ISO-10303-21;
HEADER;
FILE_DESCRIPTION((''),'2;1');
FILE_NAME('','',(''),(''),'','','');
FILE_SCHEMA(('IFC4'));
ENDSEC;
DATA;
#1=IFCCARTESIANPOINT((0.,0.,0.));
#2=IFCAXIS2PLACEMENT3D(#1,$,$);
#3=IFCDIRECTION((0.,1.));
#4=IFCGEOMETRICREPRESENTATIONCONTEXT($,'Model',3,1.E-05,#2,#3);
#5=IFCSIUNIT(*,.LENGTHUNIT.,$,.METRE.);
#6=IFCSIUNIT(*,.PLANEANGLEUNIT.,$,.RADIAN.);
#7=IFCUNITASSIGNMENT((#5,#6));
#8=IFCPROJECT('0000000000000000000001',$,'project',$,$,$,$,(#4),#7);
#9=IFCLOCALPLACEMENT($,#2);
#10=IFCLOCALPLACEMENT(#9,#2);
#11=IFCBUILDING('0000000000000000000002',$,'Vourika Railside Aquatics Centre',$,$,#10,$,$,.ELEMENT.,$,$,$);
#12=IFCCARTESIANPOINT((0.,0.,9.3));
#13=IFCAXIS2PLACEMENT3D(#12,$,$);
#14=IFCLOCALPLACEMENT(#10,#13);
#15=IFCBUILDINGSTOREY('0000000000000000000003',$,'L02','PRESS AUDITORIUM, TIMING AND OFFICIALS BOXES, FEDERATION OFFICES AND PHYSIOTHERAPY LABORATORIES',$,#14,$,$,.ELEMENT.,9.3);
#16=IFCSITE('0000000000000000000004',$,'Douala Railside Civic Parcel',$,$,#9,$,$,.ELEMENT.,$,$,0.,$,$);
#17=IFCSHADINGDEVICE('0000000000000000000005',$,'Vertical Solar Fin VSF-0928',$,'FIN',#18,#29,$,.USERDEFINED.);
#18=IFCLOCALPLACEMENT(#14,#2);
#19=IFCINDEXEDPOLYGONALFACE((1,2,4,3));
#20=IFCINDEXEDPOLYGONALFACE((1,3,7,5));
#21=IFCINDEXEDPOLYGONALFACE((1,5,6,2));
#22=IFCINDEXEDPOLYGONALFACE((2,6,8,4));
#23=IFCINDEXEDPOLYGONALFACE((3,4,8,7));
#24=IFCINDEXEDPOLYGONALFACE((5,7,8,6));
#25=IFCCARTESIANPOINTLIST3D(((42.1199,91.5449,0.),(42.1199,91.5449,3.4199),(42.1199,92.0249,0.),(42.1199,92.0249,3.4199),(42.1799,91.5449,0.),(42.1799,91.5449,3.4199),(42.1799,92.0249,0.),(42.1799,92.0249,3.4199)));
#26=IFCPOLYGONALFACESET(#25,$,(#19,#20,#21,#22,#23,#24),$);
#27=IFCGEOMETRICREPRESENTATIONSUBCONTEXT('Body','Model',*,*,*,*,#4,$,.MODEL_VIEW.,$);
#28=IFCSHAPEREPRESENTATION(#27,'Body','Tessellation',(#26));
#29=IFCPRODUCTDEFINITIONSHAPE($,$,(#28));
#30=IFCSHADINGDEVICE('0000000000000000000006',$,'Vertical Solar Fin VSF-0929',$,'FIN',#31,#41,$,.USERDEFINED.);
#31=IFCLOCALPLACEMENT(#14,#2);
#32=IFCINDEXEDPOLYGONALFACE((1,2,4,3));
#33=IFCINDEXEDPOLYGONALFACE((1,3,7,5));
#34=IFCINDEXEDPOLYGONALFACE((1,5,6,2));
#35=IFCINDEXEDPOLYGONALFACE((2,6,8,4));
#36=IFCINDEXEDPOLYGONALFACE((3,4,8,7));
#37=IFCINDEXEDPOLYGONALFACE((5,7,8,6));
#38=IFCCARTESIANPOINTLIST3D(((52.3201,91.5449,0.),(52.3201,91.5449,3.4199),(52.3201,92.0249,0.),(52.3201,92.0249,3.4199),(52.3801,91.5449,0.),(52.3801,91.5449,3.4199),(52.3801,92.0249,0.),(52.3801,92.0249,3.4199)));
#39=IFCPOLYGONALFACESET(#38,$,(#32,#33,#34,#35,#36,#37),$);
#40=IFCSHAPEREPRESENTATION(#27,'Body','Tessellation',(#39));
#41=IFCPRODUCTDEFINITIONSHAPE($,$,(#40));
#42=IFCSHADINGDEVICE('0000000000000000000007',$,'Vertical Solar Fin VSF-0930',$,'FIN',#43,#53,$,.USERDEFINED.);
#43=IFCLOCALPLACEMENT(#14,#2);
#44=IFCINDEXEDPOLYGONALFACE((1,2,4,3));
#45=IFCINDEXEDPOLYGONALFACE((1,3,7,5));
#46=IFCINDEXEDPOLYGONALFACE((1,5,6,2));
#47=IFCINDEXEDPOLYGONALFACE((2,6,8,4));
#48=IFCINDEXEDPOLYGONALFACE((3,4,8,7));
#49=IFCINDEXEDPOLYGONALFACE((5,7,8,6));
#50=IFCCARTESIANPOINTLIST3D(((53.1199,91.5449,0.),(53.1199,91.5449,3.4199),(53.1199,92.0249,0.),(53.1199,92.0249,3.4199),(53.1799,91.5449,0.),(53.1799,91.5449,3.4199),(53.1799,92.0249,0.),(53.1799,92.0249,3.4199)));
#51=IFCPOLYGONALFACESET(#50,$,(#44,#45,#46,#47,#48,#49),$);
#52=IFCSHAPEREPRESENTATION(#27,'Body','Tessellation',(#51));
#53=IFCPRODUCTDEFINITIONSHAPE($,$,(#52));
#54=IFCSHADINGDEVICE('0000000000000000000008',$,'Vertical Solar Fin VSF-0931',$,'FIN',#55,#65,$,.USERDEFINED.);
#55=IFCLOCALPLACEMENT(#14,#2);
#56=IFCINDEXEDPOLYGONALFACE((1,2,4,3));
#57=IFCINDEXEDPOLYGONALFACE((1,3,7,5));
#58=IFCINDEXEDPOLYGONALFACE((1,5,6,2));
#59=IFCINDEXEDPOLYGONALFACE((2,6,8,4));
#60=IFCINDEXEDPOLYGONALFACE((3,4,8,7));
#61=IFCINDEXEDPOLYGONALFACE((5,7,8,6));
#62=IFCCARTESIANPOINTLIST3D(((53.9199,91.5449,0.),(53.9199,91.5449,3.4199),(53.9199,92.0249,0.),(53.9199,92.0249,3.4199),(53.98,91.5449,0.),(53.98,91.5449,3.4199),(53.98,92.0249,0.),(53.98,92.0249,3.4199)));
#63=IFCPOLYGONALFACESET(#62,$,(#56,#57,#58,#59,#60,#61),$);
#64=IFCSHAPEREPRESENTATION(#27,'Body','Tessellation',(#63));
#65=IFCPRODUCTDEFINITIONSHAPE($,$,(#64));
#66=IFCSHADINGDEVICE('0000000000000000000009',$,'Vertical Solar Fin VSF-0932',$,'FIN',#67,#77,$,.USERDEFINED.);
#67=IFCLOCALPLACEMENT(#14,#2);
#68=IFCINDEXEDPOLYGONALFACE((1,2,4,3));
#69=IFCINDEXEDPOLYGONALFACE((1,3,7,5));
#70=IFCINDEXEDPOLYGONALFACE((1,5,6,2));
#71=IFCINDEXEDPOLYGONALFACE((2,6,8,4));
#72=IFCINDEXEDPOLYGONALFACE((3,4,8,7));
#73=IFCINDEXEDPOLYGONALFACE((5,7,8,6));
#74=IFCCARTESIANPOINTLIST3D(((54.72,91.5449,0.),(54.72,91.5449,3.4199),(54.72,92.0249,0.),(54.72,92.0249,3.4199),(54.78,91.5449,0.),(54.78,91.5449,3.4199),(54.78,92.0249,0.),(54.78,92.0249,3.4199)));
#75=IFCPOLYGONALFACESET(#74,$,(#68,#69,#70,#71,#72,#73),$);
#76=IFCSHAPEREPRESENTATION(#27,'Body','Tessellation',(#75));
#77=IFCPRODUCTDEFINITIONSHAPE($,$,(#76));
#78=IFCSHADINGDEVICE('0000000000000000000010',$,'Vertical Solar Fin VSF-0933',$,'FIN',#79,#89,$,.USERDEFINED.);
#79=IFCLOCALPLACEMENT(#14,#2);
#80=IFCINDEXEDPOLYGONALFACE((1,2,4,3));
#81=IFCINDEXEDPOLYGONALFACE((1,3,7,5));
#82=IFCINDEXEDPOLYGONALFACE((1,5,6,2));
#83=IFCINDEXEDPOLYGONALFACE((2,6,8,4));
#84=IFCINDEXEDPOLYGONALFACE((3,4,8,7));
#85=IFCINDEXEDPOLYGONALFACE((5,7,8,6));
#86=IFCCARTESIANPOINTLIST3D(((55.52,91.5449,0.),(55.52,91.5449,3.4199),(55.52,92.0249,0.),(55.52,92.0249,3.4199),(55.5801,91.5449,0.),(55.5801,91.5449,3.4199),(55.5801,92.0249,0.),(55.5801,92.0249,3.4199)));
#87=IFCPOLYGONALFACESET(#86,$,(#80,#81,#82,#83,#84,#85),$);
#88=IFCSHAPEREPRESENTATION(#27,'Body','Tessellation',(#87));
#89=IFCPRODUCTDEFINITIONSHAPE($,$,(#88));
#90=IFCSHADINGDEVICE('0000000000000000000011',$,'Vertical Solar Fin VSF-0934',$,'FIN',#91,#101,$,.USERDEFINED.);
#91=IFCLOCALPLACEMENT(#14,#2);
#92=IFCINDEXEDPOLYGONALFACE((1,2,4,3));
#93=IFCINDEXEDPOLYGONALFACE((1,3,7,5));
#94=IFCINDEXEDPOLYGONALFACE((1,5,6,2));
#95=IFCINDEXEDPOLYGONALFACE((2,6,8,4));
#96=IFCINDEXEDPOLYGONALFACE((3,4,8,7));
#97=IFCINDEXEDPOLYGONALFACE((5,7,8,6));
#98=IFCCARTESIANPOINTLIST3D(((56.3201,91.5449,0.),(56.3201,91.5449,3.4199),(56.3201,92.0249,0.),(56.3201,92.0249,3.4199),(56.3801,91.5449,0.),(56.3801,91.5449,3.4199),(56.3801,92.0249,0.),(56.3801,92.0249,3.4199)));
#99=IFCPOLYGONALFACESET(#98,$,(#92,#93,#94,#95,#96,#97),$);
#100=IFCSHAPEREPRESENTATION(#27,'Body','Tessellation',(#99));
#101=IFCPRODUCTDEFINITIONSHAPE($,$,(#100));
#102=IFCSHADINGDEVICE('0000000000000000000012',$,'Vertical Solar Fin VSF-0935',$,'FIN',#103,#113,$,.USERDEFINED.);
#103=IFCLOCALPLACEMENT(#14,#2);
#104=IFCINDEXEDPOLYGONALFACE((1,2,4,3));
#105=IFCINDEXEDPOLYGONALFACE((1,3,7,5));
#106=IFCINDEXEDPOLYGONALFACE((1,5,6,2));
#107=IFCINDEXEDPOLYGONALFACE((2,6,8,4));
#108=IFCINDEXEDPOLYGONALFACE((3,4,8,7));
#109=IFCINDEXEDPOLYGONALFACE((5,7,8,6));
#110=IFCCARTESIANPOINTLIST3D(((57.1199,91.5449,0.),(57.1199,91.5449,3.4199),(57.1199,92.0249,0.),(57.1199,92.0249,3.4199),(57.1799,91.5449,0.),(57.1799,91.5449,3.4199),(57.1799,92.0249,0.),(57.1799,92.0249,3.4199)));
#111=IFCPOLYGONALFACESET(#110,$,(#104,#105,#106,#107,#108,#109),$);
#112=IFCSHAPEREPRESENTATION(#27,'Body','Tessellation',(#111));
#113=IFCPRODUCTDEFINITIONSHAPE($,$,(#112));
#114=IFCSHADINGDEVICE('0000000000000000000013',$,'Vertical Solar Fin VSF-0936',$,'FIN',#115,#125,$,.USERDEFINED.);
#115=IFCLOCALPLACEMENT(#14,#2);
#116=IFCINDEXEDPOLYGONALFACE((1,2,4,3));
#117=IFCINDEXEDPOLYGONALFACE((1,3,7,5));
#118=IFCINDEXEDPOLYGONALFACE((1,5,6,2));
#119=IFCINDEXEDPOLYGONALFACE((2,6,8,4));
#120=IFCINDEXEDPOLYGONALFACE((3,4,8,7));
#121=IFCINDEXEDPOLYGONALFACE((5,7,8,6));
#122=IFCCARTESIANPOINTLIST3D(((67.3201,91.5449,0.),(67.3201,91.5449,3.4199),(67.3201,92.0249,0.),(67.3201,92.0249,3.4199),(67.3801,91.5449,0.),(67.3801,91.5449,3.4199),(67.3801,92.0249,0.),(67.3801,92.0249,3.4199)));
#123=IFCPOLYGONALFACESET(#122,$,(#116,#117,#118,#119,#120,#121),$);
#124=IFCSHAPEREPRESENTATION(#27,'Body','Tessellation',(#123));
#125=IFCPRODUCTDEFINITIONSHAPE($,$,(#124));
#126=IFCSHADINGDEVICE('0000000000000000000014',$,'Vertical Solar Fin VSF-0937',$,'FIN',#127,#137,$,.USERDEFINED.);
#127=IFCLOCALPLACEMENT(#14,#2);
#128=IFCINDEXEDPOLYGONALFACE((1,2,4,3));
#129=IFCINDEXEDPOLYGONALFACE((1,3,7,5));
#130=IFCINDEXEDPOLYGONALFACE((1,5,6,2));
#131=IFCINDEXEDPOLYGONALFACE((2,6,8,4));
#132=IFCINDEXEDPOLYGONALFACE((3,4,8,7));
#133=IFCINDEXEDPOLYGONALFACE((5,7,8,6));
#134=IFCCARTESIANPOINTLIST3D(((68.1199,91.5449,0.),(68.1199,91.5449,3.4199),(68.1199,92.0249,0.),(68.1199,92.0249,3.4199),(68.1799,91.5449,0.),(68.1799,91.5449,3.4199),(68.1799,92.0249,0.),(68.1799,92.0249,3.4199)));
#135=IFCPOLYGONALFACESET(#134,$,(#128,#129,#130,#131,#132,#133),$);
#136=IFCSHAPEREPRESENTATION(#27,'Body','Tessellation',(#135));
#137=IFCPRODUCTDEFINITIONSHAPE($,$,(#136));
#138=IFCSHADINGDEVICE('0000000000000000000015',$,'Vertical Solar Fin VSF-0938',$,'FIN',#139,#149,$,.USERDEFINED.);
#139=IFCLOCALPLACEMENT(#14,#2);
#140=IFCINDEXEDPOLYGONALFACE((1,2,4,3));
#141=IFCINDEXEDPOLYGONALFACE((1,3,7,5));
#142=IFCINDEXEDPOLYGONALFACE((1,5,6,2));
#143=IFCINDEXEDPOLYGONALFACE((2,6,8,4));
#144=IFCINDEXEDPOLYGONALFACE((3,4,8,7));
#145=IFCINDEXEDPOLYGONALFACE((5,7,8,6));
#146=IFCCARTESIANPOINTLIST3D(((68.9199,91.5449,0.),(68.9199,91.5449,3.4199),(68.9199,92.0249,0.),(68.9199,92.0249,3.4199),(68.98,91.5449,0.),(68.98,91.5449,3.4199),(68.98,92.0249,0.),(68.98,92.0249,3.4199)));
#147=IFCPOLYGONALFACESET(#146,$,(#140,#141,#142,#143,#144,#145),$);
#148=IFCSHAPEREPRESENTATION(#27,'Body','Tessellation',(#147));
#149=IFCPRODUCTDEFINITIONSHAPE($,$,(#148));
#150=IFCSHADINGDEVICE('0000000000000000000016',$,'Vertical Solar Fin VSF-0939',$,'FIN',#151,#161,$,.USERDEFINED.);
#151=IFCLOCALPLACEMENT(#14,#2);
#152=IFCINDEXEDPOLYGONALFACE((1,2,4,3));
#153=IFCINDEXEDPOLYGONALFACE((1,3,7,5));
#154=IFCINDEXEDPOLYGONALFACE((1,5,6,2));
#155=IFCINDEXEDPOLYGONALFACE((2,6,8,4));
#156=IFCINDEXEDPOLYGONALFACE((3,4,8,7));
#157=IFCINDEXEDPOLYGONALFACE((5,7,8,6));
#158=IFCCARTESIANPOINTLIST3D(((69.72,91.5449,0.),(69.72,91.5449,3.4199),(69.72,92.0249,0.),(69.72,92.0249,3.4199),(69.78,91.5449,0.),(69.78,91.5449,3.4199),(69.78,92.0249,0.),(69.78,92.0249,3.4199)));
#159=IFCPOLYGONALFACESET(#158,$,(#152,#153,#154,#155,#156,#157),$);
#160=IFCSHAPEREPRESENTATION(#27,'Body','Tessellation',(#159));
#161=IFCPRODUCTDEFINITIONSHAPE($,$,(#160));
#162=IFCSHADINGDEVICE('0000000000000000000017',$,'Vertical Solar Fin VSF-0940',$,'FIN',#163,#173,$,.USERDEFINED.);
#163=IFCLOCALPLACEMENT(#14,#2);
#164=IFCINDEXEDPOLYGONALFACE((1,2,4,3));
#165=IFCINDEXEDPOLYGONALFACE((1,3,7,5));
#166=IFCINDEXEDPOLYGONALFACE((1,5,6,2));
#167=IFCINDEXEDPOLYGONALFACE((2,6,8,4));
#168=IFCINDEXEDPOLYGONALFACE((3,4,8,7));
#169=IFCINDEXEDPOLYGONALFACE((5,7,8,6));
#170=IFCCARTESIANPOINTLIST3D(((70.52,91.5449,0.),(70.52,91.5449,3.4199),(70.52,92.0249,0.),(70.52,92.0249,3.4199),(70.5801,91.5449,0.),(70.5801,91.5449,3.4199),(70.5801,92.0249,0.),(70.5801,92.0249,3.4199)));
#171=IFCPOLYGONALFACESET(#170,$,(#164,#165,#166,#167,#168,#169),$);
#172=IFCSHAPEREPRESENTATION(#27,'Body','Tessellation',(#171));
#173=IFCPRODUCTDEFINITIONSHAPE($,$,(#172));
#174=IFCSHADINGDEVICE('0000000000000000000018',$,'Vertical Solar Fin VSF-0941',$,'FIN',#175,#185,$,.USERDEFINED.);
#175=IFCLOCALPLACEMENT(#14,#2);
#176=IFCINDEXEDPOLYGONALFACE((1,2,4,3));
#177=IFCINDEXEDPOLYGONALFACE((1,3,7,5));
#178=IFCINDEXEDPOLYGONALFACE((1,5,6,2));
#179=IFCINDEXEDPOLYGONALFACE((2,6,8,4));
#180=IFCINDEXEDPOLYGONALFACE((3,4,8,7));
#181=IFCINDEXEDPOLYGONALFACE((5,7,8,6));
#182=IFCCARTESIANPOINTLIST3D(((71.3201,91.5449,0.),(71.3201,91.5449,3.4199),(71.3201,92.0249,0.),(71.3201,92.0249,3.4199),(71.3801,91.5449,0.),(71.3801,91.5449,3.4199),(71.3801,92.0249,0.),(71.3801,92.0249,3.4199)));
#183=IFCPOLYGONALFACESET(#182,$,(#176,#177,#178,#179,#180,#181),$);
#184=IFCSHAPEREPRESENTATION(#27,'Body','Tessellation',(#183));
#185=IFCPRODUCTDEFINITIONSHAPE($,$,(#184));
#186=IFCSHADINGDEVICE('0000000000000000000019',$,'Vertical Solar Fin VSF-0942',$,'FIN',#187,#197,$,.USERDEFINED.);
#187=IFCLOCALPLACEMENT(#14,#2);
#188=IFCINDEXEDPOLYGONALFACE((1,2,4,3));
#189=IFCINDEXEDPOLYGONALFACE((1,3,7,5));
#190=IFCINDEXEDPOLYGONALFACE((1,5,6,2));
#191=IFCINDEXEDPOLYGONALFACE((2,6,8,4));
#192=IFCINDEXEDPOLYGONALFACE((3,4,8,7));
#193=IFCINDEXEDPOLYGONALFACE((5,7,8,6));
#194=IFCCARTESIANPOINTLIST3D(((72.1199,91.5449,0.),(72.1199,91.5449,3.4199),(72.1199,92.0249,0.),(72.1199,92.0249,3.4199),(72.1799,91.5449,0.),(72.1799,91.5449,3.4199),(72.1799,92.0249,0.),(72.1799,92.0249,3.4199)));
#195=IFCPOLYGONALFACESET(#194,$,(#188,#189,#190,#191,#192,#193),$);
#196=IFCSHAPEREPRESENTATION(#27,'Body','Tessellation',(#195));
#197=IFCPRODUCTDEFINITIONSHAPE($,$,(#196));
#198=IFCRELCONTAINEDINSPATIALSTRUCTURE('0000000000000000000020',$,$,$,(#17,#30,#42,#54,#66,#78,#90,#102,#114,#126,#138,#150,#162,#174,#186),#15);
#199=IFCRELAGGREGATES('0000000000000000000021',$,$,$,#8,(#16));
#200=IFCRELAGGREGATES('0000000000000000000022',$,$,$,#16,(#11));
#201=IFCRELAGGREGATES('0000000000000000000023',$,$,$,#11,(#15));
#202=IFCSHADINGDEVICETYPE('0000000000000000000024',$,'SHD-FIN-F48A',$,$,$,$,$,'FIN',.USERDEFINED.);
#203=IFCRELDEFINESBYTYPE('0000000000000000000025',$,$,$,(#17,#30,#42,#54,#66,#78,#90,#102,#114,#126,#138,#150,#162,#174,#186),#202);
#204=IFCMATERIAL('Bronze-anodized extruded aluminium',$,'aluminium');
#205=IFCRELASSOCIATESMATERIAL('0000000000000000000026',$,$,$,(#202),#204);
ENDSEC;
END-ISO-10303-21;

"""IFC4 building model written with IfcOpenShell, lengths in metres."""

from ifc_helpers import new_model, si_unit, direction, frame, origin, origin_2d, place, context, subcontext, project, spatial, rectangle, extrude, material, material_profile, profile_set, type_object, element, save


model = new_model("IFC4")

# Units and contexts
model_context = context("Model", 3, precision=1e-05, world=origin(), true_north=direction((0.0, 1.0)))
body_context = subcontext(model_context, "Body", "Model", "MODEL_VIEW")
ifc_project = project(units=[si_unit("LENGTHUNIT", "METRE"), si_unit("PLANEANGLEUNIT", "RADIAN")], contexts=[model_context])

# Site, building, storey
site_placement = place(None, origin())
site = spatial("IfcSite", under=ifc_project, at=site_placement, Name="Douala Railside Civic Parcel", CompositionType="ELEMENT", RefElevation=0.0)
building_placement = place(site_placement, origin())
building = spatial("IfcBuilding", under=site, at=building_placement, Name="Vourika Railside Aquatics Centre", CompositionType="ELEMENT")
storey_placement = place(building_placement, frame((0.0, 0.0, 9.3)))
storey = spatial("IfcBuildingStorey", under=building, at=storey_placement, Name="L02", Description="PRESS AUDITORIUM, TIMING AND OFFICIALS BOXES, FEDERATION OFFICES AND PHYSIOTHERAPY LABORATORIES", CompositionType="ELEMENT", Elevation=9.3)

# Shading devices
ifc_material_1 = material(Name="Bronze-anodized extruded aluminium", Category="aluminium")
ifc_material_profile = material_profile(ifc_material_1, rectangle(XDim=0.0601, YDim=0.48, at=origin_2d()), Name="ALU-FIN 60x480")
ifc_profile_set = profile_set([ifc_material_profile], Name="Bronze-anodized extruded aluminium")
shading_device_type = type_object("IfcShadingDeviceType", Name="SHD-FIN-F48A", ElementType="FIN", PredefinedType="USERDEFINED", material=ifc_profile_set)
for number, where, z_axis, x_axis, name in (
    (1, (42.1499, 91.7849, 0.0), (0.0, 0.0, 1.0), (-1.0, 0.0, 0.0), "Vertical Solar Fin VSF-0928"),
    (2, (52.3501, 91.7849, 0.0), (0.0, 0.0, 1.0), (-1.0, 0.0, 0.0), "Vertical Solar Fin VSF-0929"),
    (3, (53.1499, 91.7849, 0.0), (0.0, 0.0, 1.0), (-1.0, 0.0, 0.0), "Vertical Solar Fin VSF-0930"),
    (4, (53.95, 91.7849, 0.0), (0.0, 0.0, 1.0), (-1.0, 0.0, 0.0), "Vertical Solar Fin VSF-0931"),
    (5, (54.75, 91.7849, 0.0), (0.0, 0.0, 1.0), (-1.0, 0.0, 0.0), "Vertical Solar Fin VSF-0932"),
    (6, (55.55, 91.7849, 0.0), (0.0, 0.0, 1.0), (-1.0, 0.0, 0.0), "Vertical Solar Fin VSF-0933"),
    (7, (56.3501, 91.7849, 0.0), (0.0, 0.0, 1.0), (-1.0, 0.0, 0.0), "Vertical Solar Fin VSF-0934"),
    (8, (57.1499, 91.7849, 0.0), (0.0, 0.0, 1.0), (-1.0, 0.0, 0.0), "Vertical Solar Fin VSF-0935"),
    (9, (67.3501, 91.7849, 0.0), (0.0, 0.0, 1.0), (-1.0, 0.0, 0.0), "Vertical Solar Fin VSF-0936"),
    (10, (68.1499, 91.7849, 0.0), (0.0, 0.0, 1.0), (-1.0, 0.0, 0.0), "Vertical Solar Fin VSF-0937"),
    (11, (68.95, 91.7849, 0.0), (0.0, 0.0, 1.0), (-1.0, 0.0, 0.0), "Vertical Solar Fin VSF-0938"),
    (12, (69.75, 91.7849, 0.0), (0.0, 0.0, 1.0), (-1.0, 0.0, 0.0), "Vertical Solar Fin VSF-0939"),
    (13, (70.55, 91.7849, 0.0), (0.0, 0.0, 1.0), (-1.0, 0.0, 0.0), "Vertical Solar Fin VSF-0940"),
    (14, (71.3501, 91.7849, 0.0), (0.0, 0.0, 1.0), (-1.0, 0.0, 0.0), "Vertical Solar Fin VSF-0941"),
    (15, (72.1499, 91.7849, 0.0), (0.0, 0.0, 1.0), (-1.0, 0.0, 0.0), "Vertical Solar Fin VSF-0942"),
):
    element("IfcShadingDevice", number, at=place(storey_placement, frame(where, z_axis=z_axis, x_axis=x_axis)), inside=storey, type_object=shading_device_type, Name=name, ObjectType="FIN", PredefinedType="USERDEFINED", context=body_context, shape_type="SweptSolid", body=[
        extrude(rectangle(XDim=0.0601, YDim=0.48, at=origin_2d()), origin(), (0.0, 0.0, 1.0), 3.4199),
    ])

save(model, "model.ifc")
